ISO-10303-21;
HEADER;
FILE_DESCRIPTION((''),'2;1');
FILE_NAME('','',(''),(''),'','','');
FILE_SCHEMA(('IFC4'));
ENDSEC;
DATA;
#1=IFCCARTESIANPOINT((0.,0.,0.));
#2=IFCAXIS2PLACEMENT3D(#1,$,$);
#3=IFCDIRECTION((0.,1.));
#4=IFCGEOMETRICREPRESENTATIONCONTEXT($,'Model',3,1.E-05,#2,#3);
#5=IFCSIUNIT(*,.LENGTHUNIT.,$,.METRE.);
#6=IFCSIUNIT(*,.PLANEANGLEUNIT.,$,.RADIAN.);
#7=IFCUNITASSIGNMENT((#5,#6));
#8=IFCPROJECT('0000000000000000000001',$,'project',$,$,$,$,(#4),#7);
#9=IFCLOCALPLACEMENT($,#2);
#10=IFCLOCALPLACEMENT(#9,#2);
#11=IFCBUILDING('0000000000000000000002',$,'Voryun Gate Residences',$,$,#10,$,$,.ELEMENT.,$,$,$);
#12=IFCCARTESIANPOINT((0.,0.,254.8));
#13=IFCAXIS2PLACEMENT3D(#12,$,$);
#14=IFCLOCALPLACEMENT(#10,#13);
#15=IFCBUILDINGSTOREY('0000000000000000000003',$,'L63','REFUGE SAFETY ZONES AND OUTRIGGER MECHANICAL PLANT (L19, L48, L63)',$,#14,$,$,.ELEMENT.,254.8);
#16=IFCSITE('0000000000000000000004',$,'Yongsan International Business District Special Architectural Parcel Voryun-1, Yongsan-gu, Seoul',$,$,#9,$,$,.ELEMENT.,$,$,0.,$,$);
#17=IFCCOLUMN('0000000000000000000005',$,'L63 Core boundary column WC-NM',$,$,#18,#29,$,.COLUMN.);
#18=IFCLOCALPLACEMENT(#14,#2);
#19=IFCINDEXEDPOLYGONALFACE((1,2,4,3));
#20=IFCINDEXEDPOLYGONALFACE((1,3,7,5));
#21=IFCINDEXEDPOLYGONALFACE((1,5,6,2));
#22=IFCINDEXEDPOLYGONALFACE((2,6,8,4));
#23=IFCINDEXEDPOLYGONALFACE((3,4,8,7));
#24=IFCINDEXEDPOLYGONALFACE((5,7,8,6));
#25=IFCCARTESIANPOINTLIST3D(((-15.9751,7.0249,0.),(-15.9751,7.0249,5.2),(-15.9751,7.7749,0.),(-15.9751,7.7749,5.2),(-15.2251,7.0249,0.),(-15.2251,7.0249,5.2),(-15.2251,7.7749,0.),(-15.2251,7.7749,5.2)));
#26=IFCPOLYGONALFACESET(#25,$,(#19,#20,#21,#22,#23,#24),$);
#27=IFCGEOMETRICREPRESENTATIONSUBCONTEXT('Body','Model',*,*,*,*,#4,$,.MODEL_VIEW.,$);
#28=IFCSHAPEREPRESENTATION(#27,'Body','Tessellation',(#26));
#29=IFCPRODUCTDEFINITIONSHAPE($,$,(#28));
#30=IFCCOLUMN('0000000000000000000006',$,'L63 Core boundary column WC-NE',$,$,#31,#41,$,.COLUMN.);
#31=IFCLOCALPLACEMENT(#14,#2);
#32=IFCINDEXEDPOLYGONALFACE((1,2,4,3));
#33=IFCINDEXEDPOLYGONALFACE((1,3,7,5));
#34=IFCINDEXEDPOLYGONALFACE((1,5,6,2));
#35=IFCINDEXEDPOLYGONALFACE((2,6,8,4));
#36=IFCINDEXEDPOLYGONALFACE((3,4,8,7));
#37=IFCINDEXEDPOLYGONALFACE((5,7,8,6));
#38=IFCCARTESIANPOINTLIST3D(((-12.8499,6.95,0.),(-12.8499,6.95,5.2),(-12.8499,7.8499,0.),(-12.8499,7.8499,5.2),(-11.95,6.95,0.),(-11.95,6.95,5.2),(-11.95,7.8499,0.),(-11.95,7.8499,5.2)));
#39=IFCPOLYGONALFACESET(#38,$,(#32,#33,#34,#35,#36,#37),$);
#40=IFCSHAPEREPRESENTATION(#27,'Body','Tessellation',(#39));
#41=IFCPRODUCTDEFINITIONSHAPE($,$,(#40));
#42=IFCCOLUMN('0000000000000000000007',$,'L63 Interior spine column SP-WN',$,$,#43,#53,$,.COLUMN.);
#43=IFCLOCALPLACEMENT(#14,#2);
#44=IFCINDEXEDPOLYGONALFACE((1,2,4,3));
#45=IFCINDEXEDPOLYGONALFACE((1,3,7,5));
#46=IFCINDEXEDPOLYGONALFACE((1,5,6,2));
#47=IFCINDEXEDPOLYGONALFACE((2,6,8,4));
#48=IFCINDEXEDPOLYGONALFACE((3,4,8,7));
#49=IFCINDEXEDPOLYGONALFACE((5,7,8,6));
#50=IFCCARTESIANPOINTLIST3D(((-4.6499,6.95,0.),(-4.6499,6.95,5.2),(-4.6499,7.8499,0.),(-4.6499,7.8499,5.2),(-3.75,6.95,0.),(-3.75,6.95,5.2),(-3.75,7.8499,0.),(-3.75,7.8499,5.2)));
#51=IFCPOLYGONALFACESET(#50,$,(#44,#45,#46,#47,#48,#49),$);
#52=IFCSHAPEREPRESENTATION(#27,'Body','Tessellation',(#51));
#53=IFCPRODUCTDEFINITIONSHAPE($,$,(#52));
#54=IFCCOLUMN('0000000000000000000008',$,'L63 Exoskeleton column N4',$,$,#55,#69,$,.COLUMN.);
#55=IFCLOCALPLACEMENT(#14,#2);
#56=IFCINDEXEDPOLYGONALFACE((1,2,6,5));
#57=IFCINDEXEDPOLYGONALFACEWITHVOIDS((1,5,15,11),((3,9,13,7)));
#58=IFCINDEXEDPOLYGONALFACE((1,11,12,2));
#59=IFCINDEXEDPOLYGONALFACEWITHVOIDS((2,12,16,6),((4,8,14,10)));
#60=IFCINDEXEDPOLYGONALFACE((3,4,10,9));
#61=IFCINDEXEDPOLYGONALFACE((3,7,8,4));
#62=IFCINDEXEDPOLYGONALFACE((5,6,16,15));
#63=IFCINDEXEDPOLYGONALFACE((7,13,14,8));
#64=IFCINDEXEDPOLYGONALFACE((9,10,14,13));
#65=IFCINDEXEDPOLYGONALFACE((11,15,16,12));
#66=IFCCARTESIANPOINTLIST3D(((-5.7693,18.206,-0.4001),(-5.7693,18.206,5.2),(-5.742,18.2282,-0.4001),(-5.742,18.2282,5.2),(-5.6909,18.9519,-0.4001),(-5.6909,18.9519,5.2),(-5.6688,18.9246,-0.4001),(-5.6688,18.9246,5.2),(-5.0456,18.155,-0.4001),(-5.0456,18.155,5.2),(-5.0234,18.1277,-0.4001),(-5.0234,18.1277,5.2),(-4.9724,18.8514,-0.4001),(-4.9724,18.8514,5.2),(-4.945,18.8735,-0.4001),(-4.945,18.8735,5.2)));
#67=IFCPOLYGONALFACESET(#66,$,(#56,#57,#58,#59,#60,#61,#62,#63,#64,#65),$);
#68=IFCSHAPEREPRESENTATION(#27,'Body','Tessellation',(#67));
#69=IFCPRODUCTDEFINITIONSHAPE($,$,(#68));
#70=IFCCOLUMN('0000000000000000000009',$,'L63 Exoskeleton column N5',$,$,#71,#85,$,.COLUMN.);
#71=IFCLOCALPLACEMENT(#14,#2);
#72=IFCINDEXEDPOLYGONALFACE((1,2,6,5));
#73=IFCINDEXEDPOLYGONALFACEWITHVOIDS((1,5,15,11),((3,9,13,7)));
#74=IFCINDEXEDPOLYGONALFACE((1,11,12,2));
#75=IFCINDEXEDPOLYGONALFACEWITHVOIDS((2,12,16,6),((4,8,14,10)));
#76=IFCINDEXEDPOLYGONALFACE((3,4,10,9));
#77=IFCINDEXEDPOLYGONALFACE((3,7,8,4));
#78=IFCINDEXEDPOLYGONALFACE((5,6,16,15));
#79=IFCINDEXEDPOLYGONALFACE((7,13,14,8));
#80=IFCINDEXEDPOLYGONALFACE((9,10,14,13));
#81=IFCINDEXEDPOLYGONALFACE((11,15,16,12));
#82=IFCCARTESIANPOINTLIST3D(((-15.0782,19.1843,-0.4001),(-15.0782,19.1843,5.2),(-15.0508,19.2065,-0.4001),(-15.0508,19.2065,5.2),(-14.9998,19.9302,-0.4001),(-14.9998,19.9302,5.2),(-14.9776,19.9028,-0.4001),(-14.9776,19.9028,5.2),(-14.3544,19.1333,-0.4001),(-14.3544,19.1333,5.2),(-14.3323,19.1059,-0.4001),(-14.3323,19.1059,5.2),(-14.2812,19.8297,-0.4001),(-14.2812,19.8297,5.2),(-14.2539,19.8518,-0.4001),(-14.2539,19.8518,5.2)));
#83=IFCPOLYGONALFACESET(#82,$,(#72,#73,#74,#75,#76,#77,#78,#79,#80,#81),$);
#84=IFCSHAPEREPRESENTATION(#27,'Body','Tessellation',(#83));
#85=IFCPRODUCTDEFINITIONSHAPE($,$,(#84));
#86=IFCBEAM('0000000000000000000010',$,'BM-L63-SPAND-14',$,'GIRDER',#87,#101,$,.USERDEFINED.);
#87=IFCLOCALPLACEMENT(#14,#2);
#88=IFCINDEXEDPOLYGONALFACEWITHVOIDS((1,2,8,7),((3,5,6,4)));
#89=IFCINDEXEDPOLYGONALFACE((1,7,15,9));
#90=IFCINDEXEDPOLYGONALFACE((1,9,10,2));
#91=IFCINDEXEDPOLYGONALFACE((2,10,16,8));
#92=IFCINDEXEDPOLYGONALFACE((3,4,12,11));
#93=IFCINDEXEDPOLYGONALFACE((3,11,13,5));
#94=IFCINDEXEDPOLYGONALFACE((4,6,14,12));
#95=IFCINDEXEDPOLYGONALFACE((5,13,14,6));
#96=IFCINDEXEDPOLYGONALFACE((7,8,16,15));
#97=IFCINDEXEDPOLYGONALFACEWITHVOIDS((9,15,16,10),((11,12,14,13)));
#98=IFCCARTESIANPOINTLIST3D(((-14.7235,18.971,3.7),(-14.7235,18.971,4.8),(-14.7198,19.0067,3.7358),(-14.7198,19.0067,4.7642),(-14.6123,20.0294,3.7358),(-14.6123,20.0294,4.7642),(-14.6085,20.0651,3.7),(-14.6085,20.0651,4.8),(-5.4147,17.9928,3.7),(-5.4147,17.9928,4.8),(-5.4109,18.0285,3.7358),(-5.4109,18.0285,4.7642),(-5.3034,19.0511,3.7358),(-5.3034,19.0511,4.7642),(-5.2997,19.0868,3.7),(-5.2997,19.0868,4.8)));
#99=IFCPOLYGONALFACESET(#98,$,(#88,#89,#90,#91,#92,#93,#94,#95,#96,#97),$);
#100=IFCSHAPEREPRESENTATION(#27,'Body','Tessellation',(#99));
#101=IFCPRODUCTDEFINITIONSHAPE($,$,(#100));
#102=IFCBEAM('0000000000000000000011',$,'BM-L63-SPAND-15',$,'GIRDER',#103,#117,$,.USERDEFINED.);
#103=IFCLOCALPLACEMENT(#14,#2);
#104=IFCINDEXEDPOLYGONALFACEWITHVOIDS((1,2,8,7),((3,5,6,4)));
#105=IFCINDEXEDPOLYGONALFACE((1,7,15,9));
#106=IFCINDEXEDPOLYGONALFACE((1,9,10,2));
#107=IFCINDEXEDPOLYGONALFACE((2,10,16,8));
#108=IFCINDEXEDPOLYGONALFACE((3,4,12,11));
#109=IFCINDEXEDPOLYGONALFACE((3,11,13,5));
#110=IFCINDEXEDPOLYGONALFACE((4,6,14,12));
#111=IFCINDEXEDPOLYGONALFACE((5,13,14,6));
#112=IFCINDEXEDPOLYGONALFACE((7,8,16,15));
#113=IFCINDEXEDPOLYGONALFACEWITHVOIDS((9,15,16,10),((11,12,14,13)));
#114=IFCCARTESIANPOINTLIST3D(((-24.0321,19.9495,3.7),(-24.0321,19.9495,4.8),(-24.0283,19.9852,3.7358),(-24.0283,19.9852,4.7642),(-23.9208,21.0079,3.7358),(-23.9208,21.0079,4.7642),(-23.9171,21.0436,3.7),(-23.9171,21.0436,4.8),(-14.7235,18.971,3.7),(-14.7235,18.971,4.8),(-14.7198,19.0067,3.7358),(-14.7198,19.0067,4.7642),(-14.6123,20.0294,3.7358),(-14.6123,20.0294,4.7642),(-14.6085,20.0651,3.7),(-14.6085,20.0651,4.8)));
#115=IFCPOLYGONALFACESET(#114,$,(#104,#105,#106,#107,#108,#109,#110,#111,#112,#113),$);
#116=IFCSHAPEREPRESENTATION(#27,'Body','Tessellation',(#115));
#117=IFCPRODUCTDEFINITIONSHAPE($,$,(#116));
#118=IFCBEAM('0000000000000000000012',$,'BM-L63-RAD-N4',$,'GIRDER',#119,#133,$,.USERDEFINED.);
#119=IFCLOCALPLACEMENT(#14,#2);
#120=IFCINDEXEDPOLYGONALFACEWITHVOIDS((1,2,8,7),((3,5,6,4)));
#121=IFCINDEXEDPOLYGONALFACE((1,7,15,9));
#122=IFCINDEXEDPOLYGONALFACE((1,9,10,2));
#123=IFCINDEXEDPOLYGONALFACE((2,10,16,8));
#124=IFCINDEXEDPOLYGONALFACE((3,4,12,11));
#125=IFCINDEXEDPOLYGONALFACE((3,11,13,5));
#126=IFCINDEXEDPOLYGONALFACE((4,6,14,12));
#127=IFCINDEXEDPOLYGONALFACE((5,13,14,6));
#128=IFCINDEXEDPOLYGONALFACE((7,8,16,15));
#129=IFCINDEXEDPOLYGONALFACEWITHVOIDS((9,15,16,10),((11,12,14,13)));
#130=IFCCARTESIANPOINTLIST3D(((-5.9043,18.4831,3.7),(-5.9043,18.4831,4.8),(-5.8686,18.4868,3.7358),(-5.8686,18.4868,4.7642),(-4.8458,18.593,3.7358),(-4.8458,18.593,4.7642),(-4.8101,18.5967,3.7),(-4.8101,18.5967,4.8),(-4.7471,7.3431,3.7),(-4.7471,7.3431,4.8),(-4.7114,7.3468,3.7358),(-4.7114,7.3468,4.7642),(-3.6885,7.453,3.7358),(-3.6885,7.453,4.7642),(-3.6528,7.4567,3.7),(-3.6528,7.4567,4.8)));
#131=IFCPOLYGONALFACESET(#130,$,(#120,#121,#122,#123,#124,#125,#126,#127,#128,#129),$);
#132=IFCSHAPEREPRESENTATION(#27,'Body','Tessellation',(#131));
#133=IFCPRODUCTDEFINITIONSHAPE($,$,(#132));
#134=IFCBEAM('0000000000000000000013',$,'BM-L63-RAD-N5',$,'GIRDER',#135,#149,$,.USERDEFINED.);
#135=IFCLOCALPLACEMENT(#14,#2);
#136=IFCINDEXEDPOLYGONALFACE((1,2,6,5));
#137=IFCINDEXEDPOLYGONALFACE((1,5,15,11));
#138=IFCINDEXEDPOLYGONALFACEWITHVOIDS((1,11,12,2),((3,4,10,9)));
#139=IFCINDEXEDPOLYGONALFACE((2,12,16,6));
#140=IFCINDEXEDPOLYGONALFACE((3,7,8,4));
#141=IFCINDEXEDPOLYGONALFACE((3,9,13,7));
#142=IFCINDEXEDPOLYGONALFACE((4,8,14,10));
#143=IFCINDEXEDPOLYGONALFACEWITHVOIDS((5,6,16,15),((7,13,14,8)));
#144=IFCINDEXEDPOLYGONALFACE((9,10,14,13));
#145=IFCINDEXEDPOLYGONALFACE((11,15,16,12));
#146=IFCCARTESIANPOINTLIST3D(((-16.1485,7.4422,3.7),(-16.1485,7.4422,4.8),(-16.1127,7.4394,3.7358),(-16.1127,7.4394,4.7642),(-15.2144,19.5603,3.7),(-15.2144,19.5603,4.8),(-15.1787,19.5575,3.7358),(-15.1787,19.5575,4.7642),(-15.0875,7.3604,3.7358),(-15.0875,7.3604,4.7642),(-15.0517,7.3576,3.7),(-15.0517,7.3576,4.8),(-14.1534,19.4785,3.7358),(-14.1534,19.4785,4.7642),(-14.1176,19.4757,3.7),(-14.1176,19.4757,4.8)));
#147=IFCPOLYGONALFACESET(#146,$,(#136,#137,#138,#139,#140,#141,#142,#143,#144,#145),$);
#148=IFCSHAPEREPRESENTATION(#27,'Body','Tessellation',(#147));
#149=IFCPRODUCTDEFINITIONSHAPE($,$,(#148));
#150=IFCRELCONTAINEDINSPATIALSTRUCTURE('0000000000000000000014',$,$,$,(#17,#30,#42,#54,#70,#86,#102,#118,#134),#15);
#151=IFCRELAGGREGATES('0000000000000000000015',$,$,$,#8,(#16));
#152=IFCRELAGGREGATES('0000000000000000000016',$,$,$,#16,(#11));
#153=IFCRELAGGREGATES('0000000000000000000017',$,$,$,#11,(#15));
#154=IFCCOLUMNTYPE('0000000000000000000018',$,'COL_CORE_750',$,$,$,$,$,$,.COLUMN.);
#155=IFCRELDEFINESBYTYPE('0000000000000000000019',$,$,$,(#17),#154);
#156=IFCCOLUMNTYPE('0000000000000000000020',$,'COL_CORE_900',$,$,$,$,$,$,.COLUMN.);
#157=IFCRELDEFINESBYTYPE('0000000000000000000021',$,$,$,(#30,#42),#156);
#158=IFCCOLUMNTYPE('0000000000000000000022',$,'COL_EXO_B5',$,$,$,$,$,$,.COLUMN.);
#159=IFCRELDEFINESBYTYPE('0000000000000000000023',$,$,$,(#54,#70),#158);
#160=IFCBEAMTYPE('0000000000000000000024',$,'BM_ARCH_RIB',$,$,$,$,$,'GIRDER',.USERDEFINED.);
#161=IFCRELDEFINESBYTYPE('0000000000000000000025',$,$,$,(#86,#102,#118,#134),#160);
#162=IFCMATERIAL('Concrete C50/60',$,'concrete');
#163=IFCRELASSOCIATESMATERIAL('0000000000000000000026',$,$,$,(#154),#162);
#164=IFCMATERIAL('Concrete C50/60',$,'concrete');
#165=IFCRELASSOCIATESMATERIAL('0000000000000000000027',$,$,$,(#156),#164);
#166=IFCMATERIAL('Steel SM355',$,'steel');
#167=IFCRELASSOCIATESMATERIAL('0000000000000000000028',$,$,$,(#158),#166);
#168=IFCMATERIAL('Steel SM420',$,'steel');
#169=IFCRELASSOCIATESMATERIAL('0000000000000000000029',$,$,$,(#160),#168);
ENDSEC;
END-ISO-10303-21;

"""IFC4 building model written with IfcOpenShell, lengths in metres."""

from ifc_helpers import new_model, si_unit, direction, frame, origin, origin_2d, place, context, subcontext, project, spatial, rectangle, hollow_rectangle, extrude, material, material_profile, profile_set, type_object, element, save


model = new_model("IFC4")

# Units and contexts
model_context = context("Model", 3, precision=1e-05, world=origin(), true_north=direction((0.0, 1.0)))
body_context = subcontext(model_context, "Body", "Model", "MODEL_VIEW")
ifc_project = project(units=[si_unit("LENGTHUNIT", "METRE"), si_unit("PLANEANGLEUNIT", "RADIAN")], contexts=[model_context])

# Site, building, storey
site_placement = place(None, origin())
site = spatial("IfcSite", under=ifc_project, at=site_placement, Name="Yongsan International Business District Special Architectural Parcel Voryun-1, Yongsan-gu, Seoul", CompositionType="ELEMENT", RefElevation=0.0)
building_placement = place(site_placement, origin())
building = spatial("IfcBuilding", under=site, at=building_placement, Name="Voryun Gate Residences", CompositionType="ELEMENT")
storey_placement = place(building_placement, frame((0.0, 0.0, 254.8)))
storey = spatial("IfcBuildingStorey", under=building, at=storey_placement, Name="L63", Description="REFUGE SAFETY ZONES AND OUTRIGGER MECHANICAL PLANT (L19, L48, L63)", CompositionType="ELEMENT", Elevation=254.8)

# Columns
ifc_material_1 = material(Name="Concrete C50/60", Category="concrete")
ifc_material_profile_1 = material_profile(ifc_material_1, rectangle(XDim=0.75, YDim=0.75, at=origin_2d()), Name="RC-750x750")
ifc_profile_set_1 = profile_set([ifc_material_profile_1], Name="Concrete C50/60")
column_type_1 = type_object("IfcColumnType", Name="COL_CORE_750", PredefinedType="COLUMN", material=ifc_profile_set_1)
column_placement = place(storey_placement, frame((-15.6001, 7.3999, 0.0), z_axis=(0.0, 0.0, 1.0), x_axis=(1.0, 0.0, 0.0)))
element("IfcColumn", 1, at=column_placement, inside=storey, type_object=column_type_1, Name="L63 Core boundary column WC-NM", PredefinedType="COLUMN", context=body_context, shape_type="SweptSolid", body=[
    extrude(rectangle(XDim=0.75, YDim=0.75, at=origin_2d()), origin(), (0.0, 0.0, 1.0), 5.2),
])
ifc_material_2 = material(Name="Concrete C50/60", Category="concrete")
ifc_material_profile_2 = material_profile(ifc_material_2, rectangle(XDim=0.8999, YDim=0.8999, at=origin_2d()), Name="RC-900x900")
ifc_profile_set_2 = profile_set([ifc_material_profile_2], Name="Concrete C50/60")
column_type_2 = type_object("IfcColumnType", Name="COL_CORE_900", PredefinedType="COLUMN", material=ifc_profile_set_2)
for number, where, z_axis, x_axis, name in (
    (2, (-12.3999, 7.3999, 0.0), (0.0, 0.0, 1.0), (1.0, 0.0, 0.0), "L63 Core boundary column WC-NE"),
    (3, (-4.2, 7.3999, 0.0), (0.0, 0.0, 1.0), (1.0, 0.0, 0.0), "L63 Interior spine column SP-WN"),
):
    element("IfcColumn", number, at=place(storey_placement, frame(where, z_axis=z_axis, x_axis=x_axis)), inside=storey, type_object=column_type_2, Name=name, PredefinedType="COLUMN", context=body_context, shape_type="SweptSolid", body=[
        extrude(rectangle(XDim=0.8999, YDim=0.8999, at=origin_2d()), origin(), (0.0, 0.0, 1.0), 5.2),
    ])
ifc_material_3 = material(Name="Steel SM355", Category="steel")
ifc_material_profile_3 = material_profile(ifc_material_3, hollow_rectangle(XDim=0.75, YDim=0.75, WallThickness=0.0249, at=origin_2d()), Name="BOX-750x750x25")
ifc_profile_set_3 = profile_set([ifc_material_profile_3], Name="Steel SM355")
column_type_3 = type_object("IfcColumnType", Name="COL_EXO_B5", PredefinedType="COLUMN", material=ifc_profile_set_3)
for number, where, z_axis, x_axis, name in (
    (4, (-5.3572, 18.5398, -0.4001), (0.0, 0.0, 1.0), (0.994522, -0.104528, 0.0), "L63 Exoskeleton column N4"),
    (5, (-14.666, 19.5181, -0.4001), (0.0, 0.0, 1.0), (0.994522, -0.104528, 0.0), "L63 Exoskeleton column N5"),
):
    element("IfcColumn", number, at=place(storey_placement, frame(where, z_axis=z_axis, x_axis=x_axis)), inside=storey, type_object=column_type_3, Name=name, PredefinedType="COLUMN", context=body_context, shape_type="SweptSolid", body=[
        extrude(hollow_rectangle(XDim=0.75, YDim=0.75, WallThickness=0.0249, at=origin_2d()), origin(), (0.0, 0.0, 1.0), 5.6001),
    ])

# Beams
ifc_material_4 = material(Name="Steel SM420", Category="steel")
ifc_material_profile_4 = material_profile(ifc_material_4, hollow_rectangle(XDim=1.1001, YDim=1.1001, WallThickness=0.0359, at=origin_2d()), Name="BOX-1100x1100x36")
ifc_profile_set_4 = profile_set([ifc_material_profile_4], Name="Steel SM420")
beam_type_1 = type_object("IfcBeamType", Name="BM_ARCH_RIB", ElementType="GIRDER", PredefinedType="USERDEFINED", material=ifc_profile_set_4)
beam_1_placement = place(storey_placement, frame((-5.3572, 18.5398, 4.25), z_axis=(-0.994523, 0.104515, 0.0), x_axis=(-0.104515, -0.994523, 0.0)))
element("IfcBeam", 6, at=beam_1_placement, inside=storey, type_object=beam_type_1, Name="BM-L63-SPAND-14", ObjectType="GIRDER", PredefinedType="USERDEFINED", context=body_context, shape_type="SweptSolid", body=[
    extrude(hollow_rectangle(XDim=1.1001, YDim=1.1001, WallThickness=0.0359, at=origin_2d()), origin(), (0.0, 0.0, 1.0), 9.3601),
])
beam_2_placement = place(storey_placement, frame((-14.666, 19.5181, 4.25), z_axis=(-0.99452, 0.104544, 0.0), x_axis=(-0.104544, -0.99452, 0.0)))
element("IfcBeam", 7, at=beam_2_placement, inside=storey, type_object=beam_type_1, Name="BM-L63-SPAND-15", ObjectType="GIRDER", PredefinedType="USERDEFINED", context=body_context, shape_type="SweptSolid", body=[
    extrude(hollow_rectangle(XDim=1.1001, YDim=1.1001, WallThickness=0.0359, at=origin_2d()), origin(), (0.0, 0.0, 1.0), 9.3599),
])
beam_3_placement = place(storey_placement, frame((-4.2, 7.3999, 4.25), z_axis=(-0.103325, 0.994648, 0.0), x_axis=(-0.994648, -0.103325, 0.0)))
element("IfcBeam", 8, at=beam_3_placement, inside=storey, type_object=beam_type_1, Name="BM-L63-RAD-N4", ObjectType="GIRDER", PredefinedType="USERDEFINED", context=body_context, shape_type="SweptSolid", body=[
    extrude(hollow_rectangle(XDim=1.1001, YDim=1.1001, WallThickness=0.0359, at=origin_2d()), origin(), (0.0, 0.0, 1.0), 11.2),
])
beam_4_placement = place(storey_placement, frame((-15.6001, 7.3999, 4.25), z_axis=(0.076853, 0.997042, 0.0), x_axis=(-0.997042, 0.076853, 0.0)))
element("IfcBeam", 9, at=beam_4_placement, inside=storey, type_object=beam_type_1, Name="BM-L63-RAD-N5", ObjectType="GIRDER", PredefinedType="USERDEFINED", context=body_context, shape_type="SweptSolid", body=[
    extrude(hollow_rectangle(XDim=1.1001, YDim=1.1001, WallThickness=0.0359, at=origin_2d()), origin(), (0.0, 0.0, 1.0), 12.1541),
])

save(model, "model.ifc")
